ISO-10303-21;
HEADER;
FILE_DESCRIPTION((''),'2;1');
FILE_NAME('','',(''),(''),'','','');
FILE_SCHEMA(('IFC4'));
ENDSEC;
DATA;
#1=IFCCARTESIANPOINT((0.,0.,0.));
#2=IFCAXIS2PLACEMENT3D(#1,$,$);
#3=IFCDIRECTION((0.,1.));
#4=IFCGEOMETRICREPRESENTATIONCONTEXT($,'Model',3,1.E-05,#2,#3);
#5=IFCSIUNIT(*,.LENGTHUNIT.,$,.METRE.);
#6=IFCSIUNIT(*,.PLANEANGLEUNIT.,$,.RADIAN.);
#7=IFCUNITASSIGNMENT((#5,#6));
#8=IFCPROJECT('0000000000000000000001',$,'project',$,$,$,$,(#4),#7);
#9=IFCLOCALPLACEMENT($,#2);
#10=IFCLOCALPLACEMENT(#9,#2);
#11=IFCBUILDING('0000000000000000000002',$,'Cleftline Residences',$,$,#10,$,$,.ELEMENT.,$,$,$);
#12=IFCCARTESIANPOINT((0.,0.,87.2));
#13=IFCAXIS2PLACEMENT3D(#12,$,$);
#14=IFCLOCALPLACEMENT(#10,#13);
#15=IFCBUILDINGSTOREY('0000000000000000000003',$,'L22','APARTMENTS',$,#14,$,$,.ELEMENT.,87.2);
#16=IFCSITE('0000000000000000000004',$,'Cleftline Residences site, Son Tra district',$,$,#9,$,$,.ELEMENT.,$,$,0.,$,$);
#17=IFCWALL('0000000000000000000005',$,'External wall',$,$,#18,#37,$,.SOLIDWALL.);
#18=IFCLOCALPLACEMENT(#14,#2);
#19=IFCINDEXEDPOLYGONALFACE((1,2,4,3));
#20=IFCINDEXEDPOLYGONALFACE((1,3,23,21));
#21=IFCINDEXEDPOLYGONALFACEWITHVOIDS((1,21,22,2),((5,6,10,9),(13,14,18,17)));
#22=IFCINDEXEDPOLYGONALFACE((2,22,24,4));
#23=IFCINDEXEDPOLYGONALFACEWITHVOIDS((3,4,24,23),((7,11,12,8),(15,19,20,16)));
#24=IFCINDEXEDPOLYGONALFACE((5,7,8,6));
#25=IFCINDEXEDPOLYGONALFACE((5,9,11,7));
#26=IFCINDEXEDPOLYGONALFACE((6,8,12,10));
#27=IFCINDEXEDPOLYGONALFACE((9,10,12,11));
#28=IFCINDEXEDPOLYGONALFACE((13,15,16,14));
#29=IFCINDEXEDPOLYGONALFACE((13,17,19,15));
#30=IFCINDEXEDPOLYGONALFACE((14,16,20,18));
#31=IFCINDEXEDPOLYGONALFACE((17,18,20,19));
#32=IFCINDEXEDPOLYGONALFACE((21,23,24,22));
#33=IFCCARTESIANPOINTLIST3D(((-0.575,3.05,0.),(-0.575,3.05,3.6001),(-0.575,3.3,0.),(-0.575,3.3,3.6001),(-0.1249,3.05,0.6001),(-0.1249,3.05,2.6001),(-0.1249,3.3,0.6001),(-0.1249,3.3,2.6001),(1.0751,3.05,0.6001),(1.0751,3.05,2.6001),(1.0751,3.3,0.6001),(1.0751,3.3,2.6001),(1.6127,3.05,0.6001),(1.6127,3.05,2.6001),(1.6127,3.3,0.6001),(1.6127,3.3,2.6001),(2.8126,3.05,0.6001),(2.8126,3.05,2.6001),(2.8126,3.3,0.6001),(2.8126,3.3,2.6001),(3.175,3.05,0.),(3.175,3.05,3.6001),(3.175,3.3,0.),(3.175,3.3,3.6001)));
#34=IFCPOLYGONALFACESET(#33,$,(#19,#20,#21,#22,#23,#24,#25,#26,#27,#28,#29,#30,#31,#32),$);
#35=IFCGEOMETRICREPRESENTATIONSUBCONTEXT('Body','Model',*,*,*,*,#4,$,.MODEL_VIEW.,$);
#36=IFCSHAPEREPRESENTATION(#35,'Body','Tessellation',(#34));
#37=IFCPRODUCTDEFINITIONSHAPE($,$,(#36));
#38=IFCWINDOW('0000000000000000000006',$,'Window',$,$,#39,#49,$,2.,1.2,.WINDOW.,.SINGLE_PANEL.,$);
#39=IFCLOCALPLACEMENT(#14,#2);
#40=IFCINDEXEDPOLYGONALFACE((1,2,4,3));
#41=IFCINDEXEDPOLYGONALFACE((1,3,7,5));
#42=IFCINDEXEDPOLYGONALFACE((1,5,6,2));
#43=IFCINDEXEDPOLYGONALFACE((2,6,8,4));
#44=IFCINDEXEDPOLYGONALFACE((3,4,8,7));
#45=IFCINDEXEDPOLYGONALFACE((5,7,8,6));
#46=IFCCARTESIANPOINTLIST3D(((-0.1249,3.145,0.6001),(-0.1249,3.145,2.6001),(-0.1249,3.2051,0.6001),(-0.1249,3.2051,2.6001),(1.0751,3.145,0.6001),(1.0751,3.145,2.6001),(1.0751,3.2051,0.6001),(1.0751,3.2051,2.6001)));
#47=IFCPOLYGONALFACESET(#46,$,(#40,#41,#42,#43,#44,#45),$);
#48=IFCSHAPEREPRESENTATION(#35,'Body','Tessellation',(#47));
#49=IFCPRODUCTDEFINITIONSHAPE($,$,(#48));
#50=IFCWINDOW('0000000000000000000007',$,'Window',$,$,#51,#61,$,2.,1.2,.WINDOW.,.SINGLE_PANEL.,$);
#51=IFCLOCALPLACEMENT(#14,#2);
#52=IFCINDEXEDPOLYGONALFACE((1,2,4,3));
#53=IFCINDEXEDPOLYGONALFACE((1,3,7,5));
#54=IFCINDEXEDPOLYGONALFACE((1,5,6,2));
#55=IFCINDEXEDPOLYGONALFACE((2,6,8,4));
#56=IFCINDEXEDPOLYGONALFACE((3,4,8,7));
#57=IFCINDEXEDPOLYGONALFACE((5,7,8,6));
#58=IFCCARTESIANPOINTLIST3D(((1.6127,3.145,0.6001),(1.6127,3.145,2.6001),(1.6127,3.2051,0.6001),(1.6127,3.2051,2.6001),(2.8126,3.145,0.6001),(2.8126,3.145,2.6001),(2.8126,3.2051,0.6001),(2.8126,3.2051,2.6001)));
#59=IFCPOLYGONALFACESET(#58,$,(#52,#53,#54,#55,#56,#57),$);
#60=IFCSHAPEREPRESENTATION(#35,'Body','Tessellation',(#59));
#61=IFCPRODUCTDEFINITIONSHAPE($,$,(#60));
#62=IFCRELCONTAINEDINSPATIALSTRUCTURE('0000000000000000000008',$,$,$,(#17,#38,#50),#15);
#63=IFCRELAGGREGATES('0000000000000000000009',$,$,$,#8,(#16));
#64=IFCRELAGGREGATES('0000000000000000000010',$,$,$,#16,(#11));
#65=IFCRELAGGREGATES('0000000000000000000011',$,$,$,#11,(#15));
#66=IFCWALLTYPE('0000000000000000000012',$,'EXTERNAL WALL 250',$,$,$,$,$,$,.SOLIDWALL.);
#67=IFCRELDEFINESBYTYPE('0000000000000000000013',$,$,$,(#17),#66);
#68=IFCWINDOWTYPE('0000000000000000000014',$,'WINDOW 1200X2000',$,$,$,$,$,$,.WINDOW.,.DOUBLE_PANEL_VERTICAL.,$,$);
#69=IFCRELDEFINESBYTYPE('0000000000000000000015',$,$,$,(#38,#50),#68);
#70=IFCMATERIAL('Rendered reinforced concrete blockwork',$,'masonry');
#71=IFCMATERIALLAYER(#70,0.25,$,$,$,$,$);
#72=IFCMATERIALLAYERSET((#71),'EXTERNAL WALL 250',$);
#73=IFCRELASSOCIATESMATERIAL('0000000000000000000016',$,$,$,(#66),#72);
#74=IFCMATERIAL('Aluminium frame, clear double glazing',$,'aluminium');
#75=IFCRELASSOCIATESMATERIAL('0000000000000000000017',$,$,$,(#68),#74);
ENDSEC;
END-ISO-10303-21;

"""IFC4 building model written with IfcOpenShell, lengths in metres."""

from ifc_helpers import new_model, si_unit, direction, frame, frame_2d, origin, place, context, subcontext, project, spatial, rectangle, extrude, material, layer, layer_set, type_object, element, fill, save


model = new_model("IFC4")

# Units and contexts
model_context = context("Model", 3, precision=1e-05, world=origin(), true_north=direction((0.0, 1.0)))
body_context = subcontext(model_context, "Body", "Model", "MODEL_VIEW")
ifc_project = project(units=[si_unit("LENGTHUNIT", "METRE"), si_unit("PLANEANGLEUNIT", "RADIAN")], contexts=[model_context])

# Site, building, storey
site_placement = place(None, origin())
site = spatial("IfcSite", under=ifc_project, at=site_placement, Name="Cleftline Residences site, Son Tra district", CompositionType="ELEMENT", RefElevation=0.0)
building_placement = place(site_placement, origin())
building = spatial("IfcBuilding", under=site, at=building_placement, Name="Cleftline Residences", CompositionType="ELEMENT")
storey_placement = place(building_placement, frame((0.0, 0.0, 87.2)))
storey = spatial("IfcBuildingStorey", under=building, at=storey_placement, Name="L22", Description="APARTMENTS", CompositionType="ELEMENT", Elevation=87.2)

# Wall, openings, windows
ifc_material_1 = material(Name="Rendered reinforced concrete blockwork", Category="masonry")
ifc_layer_1 = layer(ifc_material_1, 0.25)
ifc_layer_set_1 = layer_set([ifc_layer_1], Name="EXTERNAL WALL 250")
wall_type = type_object("IfcWallType", Name="EXTERNAL WALL 250", PredefinedType="SOLIDWALL", material=ifc_layer_set_1)
wall_placement = place(storey_placement, frame((-0.575, 3.175, 0.0), z_axis=(0.0, 0.0, 1.0), x_axis=(1.0, 0.0, 0.0)))
wall = element("IfcWall", 1, at=wall_placement, inside=storey, type_object=wall_type, Name="External wall", PredefinedType="SOLIDWALL", context=body_context, shape_type="SweptSolid", body=[
    extrude(rectangle(XDim=3.75, YDim=0.25, at=frame_2d((1.875, 0.0))), origin(), (0.0, 0.0, 1.0), 3.6001),
])
opening_1_placement = place(wall_placement, frame((0.45, 0.0, 0.6001)))
opening_1 = element("IfcOpeningElement", 2, at=opening_1_placement, cuts=wall, PredefinedType="OPENING", context=body_context, shape_type="SweptSolid", body=[
    extrude(rectangle(XDim=1.2, YDim=2.0, at=frame_2d((0.6001, 1.0))), frame((0.0, 0.135, 0.0), z_axis=(0.0, -1.0, 0.0), x_axis=(1.0, 0.0, 0.0)), (0.0, 0.0, 1.0), 0.27),
])
opening_2_placement = place(wall_placement, frame((2.1875, 0.0, 0.6001)))
opening_2 = element("IfcOpeningElement", 3, at=opening_2_placement, cuts=wall, PredefinedType="OPENING", context=body_context, shape_type="SweptSolid", body=[
    extrude(rectangle(XDim=1.2, YDim=2.0, at=frame_2d((0.6001, 1.0))), frame((0.0, 0.135, 0.0), z_axis=(0.0, -1.0, 0.0), x_axis=(1.0, 0.0, 0.0)), (0.0, 0.0, 1.0), 0.27),
])
ifc_material_2 = material(Name="Aluminium frame, clear double glazing", Category="aluminium")
window_type = type_object("IfcWindowType", Name="WINDOW 1200X2000", PartitioningType="DOUBLE_PANEL_VERTICAL", PredefinedType="WINDOW", material=ifc_material_2)
window_1_placement = place(opening_1_placement, origin())
window_1 = element("IfcWindow", 4, at=window_1_placement, inside=storey, type_object=window_type, Name="Window", OverallHeight=2.0, OverallWidth=1.2, PartitioningType="SINGLE_PANEL", PredefinedType="WINDOW", context=body_context, shape_type="SweptSolid", body=[
    extrude(rectangle(XDim=1.2, YDim=2.0, at=frame_2d((0.6001, 1.0))), frame((0.0, 0.03, 0.0), z_axis=(0.0, -1.0, 0.0), x_axis=(1.0, 0.0, 0.0)), (0.0, 0.0, 1.0), 0.0601),
])
fill(opening_1, window_1)
window_2_placement = place(opening_2_placement, origin())
window_2 = element("IfcWindow", 5, at=window_2_placement, inside=storey, type_object=window_type, Name="Window", OverallHeight=2.0, OverallWidth=1.2, PartitioningType="SINGLE_PANEL", PredefinedType="WINDOW", context=body_context, shape_type="SweptSolid", body=[
    extrude(rectangle(XDim=1.2, YDim=2.0, at=frame_2d((0.6001, 1.0))), frame((0.0, 0.03, 0.0), z_axis=(0.0, -1.0, 0.0), x_axis=(1.0, 0.0, 0.0)), (0.0, 0.0, 1.0), 0.0601),
])
fill(opening_2, window_2)

save(model, "model.ifc")
